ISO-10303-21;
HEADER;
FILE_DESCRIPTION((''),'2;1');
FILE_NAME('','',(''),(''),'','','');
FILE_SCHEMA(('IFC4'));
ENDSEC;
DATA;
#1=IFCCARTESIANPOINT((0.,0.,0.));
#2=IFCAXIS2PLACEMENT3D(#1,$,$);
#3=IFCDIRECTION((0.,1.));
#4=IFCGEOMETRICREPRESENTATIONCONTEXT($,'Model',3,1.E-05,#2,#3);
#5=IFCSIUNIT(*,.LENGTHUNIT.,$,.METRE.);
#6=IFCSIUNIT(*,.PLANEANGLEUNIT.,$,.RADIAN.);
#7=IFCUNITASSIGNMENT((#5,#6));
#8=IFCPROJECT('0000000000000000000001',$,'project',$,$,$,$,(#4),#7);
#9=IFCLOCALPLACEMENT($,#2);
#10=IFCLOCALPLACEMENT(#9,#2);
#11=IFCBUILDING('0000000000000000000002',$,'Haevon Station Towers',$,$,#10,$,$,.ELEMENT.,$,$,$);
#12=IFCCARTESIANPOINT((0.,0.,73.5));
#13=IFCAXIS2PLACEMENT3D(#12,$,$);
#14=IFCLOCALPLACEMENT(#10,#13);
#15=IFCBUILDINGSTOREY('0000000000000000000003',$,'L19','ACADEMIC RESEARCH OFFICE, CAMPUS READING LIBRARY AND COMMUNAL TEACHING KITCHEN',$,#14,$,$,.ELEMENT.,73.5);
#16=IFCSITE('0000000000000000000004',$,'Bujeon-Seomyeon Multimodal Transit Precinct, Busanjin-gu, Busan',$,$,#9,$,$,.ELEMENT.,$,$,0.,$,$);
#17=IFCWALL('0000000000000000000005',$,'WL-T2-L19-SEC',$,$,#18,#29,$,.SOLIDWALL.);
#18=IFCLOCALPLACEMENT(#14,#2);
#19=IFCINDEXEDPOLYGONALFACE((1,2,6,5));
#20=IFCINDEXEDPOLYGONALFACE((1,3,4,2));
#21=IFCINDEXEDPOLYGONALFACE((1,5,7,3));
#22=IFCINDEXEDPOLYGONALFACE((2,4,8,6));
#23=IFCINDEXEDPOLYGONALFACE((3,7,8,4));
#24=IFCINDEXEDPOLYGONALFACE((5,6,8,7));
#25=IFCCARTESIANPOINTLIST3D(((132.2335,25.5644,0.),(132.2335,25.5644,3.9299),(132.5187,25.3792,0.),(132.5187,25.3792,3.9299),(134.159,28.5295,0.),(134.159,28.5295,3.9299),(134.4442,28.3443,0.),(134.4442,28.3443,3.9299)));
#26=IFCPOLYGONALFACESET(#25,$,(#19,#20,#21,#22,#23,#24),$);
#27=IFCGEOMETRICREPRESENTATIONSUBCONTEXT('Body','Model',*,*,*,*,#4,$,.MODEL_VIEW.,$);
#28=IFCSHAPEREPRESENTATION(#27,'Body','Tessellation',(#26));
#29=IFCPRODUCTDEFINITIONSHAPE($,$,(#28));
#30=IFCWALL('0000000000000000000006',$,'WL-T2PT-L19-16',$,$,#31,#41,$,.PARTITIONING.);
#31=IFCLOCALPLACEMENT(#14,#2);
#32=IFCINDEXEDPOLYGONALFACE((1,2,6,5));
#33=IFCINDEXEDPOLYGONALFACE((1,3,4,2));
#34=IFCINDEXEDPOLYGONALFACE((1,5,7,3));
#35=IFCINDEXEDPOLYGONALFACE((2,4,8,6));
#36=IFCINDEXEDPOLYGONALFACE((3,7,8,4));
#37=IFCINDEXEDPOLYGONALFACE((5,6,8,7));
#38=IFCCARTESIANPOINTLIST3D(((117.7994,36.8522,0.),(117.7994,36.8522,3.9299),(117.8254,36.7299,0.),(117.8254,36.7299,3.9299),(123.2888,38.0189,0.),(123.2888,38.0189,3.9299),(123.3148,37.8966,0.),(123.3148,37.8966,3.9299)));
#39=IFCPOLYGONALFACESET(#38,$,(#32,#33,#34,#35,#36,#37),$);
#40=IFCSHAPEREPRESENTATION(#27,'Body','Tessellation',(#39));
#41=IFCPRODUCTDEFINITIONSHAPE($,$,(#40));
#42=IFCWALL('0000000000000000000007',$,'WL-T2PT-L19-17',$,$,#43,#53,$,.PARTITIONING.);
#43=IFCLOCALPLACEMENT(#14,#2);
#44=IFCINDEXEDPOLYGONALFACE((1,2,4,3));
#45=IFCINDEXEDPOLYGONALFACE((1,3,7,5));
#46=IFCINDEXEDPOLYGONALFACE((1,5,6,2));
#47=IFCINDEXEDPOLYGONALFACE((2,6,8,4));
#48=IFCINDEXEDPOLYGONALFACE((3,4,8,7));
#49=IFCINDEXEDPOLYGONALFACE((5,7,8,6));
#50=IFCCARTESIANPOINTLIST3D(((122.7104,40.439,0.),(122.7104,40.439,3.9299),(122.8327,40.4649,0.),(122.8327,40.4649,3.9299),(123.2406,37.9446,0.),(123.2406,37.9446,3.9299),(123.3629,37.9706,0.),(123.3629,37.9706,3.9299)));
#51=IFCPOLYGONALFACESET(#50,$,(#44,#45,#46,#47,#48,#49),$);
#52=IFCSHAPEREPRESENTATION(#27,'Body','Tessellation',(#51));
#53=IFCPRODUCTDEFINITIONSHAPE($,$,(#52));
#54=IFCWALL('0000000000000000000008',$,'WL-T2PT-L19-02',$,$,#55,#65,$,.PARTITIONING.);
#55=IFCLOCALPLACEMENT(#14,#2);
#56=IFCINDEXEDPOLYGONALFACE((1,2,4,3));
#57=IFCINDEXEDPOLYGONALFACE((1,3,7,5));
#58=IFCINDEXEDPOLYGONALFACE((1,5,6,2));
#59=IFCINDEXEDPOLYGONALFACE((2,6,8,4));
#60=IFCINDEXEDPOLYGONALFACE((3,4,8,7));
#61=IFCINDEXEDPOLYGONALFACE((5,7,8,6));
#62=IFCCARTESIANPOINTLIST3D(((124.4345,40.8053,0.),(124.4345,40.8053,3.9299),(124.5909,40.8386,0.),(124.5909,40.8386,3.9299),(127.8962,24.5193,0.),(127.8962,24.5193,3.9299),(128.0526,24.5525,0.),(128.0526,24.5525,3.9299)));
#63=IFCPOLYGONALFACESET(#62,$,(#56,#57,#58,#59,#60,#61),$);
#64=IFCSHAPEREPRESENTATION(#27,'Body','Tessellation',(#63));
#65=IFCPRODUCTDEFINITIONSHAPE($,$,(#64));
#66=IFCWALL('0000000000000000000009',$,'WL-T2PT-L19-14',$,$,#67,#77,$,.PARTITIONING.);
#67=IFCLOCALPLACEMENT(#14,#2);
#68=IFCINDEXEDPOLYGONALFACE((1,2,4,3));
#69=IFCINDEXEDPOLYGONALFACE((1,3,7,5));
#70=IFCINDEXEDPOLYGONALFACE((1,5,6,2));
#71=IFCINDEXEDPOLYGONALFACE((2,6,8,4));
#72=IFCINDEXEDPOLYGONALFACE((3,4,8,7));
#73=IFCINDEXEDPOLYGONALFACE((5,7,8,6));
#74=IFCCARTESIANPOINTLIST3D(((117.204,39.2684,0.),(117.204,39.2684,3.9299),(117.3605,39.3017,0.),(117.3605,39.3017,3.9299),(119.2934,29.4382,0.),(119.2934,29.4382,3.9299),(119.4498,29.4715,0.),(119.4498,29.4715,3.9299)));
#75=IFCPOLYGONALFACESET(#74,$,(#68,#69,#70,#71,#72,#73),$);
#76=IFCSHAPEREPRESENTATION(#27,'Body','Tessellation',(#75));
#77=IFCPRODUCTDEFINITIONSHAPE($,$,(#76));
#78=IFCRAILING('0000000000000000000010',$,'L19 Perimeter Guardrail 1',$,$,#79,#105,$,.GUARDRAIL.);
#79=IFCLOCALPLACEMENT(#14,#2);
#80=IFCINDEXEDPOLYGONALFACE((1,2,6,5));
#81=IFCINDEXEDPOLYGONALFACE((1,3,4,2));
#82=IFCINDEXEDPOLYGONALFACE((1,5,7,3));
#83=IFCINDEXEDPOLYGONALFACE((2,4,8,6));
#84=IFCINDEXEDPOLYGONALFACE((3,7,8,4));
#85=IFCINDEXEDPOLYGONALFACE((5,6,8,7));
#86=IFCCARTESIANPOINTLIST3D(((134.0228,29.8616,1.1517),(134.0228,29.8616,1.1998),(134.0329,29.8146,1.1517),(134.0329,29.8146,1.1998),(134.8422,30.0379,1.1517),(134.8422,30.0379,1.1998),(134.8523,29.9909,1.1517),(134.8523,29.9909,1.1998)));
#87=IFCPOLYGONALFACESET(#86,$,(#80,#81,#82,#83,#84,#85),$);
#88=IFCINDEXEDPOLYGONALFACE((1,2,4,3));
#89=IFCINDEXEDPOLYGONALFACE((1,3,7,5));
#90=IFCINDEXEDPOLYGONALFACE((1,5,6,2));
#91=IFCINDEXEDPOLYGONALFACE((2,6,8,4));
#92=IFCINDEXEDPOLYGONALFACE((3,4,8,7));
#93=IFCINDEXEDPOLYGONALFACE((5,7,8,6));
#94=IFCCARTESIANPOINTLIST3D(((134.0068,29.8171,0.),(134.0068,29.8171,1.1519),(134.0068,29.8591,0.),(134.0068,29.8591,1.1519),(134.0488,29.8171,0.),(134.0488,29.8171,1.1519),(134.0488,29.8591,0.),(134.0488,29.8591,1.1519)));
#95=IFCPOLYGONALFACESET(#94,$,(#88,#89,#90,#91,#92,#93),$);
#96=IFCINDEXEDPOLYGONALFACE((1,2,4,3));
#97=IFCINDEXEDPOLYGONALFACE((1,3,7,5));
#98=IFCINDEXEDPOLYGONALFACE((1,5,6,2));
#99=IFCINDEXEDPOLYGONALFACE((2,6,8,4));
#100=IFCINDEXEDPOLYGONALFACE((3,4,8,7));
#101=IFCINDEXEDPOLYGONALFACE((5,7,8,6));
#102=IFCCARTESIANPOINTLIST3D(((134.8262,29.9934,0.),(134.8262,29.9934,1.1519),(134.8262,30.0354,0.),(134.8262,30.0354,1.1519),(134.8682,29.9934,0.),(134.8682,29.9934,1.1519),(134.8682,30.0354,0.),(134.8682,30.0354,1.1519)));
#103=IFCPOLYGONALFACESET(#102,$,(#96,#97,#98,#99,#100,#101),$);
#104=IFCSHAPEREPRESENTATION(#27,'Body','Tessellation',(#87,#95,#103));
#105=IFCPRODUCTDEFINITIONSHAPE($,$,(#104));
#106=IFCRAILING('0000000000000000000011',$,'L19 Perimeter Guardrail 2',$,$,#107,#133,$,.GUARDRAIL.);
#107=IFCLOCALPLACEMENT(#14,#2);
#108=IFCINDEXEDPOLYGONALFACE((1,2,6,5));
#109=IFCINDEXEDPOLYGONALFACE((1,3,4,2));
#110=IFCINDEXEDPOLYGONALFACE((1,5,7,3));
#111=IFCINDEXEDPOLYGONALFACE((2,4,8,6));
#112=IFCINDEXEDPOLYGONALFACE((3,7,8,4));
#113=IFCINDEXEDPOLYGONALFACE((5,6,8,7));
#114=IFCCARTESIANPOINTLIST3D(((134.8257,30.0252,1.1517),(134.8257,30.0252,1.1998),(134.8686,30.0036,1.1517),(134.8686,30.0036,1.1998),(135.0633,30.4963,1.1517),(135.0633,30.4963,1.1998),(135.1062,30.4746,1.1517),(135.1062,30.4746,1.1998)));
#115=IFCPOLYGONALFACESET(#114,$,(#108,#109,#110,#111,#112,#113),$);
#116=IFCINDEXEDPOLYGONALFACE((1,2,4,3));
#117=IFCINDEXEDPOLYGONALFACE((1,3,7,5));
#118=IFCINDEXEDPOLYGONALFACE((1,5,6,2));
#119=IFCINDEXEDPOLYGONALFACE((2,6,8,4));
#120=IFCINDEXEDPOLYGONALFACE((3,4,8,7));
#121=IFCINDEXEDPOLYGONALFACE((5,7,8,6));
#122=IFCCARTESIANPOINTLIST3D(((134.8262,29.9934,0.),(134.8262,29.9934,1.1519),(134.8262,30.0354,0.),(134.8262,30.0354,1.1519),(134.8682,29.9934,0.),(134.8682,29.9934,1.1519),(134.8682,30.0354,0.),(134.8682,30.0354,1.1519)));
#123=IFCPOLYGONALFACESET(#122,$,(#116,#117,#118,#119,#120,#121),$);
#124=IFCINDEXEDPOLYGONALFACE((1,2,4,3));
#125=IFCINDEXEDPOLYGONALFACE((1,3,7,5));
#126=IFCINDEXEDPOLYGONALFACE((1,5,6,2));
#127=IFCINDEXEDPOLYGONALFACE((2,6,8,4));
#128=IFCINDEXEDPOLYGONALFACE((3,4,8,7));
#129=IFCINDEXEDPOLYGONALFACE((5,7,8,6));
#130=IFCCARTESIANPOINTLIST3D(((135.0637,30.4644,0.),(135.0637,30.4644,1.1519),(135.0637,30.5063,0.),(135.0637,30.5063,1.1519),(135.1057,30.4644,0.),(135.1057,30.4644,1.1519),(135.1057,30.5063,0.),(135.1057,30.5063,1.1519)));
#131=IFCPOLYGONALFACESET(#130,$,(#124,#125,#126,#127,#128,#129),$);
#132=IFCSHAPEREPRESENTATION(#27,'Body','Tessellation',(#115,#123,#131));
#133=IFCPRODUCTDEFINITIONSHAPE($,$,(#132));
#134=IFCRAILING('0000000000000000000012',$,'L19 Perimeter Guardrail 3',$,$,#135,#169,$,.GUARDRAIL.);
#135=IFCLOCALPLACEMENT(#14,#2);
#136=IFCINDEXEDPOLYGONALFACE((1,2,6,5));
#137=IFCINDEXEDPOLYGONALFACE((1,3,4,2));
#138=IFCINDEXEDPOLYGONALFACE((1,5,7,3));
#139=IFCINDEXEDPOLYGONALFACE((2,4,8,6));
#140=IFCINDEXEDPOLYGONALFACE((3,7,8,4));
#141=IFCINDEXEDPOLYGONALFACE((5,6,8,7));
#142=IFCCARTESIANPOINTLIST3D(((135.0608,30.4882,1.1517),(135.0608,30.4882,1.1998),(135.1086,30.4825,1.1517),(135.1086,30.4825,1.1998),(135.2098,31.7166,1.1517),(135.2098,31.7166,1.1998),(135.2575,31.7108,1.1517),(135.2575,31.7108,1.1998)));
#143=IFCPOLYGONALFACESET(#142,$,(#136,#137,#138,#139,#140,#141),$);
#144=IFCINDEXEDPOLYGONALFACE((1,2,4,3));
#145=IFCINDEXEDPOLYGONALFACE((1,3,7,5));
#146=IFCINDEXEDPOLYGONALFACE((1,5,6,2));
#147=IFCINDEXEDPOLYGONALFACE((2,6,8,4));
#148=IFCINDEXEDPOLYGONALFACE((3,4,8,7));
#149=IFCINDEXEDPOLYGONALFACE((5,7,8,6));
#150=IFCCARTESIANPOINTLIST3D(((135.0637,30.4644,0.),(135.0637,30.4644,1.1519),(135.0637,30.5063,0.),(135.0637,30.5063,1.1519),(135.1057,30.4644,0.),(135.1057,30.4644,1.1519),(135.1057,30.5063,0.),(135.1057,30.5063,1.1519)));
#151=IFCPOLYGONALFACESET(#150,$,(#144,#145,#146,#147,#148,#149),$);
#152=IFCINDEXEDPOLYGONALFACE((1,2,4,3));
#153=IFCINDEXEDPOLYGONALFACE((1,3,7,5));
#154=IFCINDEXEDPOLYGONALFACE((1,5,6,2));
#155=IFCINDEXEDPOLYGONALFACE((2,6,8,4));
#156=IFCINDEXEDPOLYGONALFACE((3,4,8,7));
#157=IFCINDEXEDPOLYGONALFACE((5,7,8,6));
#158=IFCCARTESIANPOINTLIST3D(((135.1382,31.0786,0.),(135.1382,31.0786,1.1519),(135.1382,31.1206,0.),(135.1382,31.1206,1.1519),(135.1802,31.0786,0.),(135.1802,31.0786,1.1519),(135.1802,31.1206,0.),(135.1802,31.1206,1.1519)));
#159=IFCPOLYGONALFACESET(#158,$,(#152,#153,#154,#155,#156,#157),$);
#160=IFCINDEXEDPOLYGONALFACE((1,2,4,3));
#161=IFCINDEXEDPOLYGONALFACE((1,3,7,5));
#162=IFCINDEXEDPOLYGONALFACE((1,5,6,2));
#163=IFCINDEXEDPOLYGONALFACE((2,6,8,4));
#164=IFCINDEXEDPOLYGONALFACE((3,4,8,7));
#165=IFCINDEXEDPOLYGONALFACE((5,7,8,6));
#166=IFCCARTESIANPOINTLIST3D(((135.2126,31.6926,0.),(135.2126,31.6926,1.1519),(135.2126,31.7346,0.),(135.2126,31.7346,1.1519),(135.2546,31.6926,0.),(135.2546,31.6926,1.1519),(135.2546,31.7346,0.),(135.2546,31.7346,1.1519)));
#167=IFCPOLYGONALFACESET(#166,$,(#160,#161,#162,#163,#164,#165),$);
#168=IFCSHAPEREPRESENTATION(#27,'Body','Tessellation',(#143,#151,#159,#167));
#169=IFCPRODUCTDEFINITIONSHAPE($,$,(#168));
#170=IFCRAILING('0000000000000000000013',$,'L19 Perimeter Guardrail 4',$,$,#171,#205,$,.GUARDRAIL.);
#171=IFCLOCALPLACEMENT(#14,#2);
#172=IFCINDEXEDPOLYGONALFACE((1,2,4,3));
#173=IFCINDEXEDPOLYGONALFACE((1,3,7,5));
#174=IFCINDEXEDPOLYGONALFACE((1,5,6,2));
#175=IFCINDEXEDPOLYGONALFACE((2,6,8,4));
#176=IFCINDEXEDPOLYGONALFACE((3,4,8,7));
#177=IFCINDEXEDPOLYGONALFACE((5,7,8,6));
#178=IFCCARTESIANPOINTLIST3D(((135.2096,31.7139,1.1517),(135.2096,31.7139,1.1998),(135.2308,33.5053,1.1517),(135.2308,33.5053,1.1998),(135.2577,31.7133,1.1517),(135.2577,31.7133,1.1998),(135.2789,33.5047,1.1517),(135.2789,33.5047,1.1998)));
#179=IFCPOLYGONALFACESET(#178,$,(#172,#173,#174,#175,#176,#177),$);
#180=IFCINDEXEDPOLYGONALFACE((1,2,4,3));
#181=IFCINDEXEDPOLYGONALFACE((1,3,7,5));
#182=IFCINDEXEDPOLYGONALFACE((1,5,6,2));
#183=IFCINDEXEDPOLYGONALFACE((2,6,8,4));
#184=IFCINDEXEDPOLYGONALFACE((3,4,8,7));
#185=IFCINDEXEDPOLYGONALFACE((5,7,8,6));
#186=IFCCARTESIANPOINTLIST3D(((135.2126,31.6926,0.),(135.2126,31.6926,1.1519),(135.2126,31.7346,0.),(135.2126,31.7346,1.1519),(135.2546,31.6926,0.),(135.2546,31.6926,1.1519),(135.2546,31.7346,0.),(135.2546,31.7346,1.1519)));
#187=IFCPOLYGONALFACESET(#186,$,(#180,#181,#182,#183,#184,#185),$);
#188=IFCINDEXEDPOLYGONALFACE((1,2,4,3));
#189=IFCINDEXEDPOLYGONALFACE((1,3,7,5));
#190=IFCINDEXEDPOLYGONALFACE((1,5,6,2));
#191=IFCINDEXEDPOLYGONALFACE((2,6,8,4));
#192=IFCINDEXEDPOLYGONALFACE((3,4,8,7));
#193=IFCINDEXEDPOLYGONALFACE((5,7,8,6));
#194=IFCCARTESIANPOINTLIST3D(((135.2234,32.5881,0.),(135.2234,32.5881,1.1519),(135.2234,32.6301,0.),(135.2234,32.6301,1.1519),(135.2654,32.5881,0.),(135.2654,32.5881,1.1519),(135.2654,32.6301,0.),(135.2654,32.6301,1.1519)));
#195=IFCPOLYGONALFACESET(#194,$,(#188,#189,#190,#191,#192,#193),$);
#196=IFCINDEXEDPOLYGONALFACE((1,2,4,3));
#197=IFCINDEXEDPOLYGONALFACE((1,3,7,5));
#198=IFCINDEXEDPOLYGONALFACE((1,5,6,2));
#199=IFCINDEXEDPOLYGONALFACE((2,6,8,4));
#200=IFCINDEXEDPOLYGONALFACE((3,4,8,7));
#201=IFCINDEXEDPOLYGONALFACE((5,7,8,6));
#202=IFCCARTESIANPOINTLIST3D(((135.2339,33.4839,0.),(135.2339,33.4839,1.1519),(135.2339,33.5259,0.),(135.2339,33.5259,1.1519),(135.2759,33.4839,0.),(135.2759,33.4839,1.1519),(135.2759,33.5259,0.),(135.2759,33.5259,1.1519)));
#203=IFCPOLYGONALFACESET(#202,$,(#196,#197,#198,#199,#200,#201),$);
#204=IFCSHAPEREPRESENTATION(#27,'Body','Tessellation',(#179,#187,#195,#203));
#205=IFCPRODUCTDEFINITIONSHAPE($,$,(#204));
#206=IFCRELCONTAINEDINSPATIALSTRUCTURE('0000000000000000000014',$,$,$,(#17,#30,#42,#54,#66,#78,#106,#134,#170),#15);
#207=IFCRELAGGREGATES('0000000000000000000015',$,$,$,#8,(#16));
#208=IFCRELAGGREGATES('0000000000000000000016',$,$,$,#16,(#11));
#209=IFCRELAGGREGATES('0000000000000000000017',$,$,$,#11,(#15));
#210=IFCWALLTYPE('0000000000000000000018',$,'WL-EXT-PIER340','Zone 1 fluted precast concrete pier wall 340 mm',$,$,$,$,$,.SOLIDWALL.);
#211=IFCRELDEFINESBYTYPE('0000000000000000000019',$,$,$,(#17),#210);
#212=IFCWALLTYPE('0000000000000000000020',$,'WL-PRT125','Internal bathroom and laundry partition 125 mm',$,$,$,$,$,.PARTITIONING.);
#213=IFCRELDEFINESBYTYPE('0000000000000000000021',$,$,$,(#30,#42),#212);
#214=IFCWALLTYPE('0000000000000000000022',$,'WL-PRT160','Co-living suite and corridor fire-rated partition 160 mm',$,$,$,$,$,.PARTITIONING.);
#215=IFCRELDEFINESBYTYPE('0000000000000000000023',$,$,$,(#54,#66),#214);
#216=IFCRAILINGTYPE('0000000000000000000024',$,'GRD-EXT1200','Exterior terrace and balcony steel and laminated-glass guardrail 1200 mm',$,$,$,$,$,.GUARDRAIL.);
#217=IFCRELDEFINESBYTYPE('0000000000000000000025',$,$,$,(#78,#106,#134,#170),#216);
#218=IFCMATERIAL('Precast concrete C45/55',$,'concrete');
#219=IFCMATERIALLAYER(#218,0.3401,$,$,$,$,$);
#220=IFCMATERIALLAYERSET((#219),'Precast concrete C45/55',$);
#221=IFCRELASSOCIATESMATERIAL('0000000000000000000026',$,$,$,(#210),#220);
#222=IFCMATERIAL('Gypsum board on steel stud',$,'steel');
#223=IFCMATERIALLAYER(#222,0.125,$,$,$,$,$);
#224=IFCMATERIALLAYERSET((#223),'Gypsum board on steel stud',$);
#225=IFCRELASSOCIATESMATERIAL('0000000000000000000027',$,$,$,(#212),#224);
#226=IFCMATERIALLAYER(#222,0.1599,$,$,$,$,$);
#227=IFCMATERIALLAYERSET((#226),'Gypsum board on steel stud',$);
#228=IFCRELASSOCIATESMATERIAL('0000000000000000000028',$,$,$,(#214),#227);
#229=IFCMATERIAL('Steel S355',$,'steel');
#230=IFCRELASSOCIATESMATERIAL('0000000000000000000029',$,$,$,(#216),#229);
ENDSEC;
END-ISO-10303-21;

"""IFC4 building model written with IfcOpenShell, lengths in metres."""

from ifc_helpers import new_model, si_unit, direction, frame, frame_2d, origin, origin_2d, place, context, subcontext, project, spatial, rectangle, extrude, material, layer, layer_set, type_object, element, save


model = new_model("IFC4")

# Units and contexts
model_context = context("Model", 3, precision=1e-05, world=origin(), true_north=direction((0.0, 1.0)))
body_context = subcontext(model_context, "Body", "Model", "MODEL_VIEW")
ifc_project = project(units=[si_unit("LENGTHUNIT", "METRE"), si_unit("PLANEANGLEUNIT", "RADIAN")], contexts=[model_context])

# Site, building, storey
site_placement = place(None, origin())
site = spatial("IfcSite", under=ifc_project, at=site_placement, Name="Bujeon-Seomyeon Multimodal Transit Precinct, Busanjin-gu, Busan", CompositionType="ELEMENT", RefElevation=0.0)
building_placement = place(site_placement, origin())
building = spatial("IfcBuilding", under=site, at=building_placement, Name="Haevon Station Towers", CompositionType="ELEMENT")
storey_placement = place(building_placement, frame((0.0, 0.0, 73.5)))
storey = spatial("IfcBuildingStorey", under=building, at=storey_placement, Name="L19", Description="ACADEMIC RESEARCH OFFICE, CAMPUS READING LIBRARY AND COMMUNAL TEACHING KITCHEN", CompositionType="ELEMENT", Elevation=73.5)

# Shared definitions
ifc_material_1 = material(Name="Steel S355", Category="steel")

# Shared definitions
ifc_material_2 = material(Name="Gypsum board on steel stud", Category="steel")

# Shared definitions
ifc_material_3 = material(Name="Precast concrete C45/55", Category="concrete")
ifc_layer_1 = layer(ifc_material_3, 0.3401)
ifc_layer_set_1 = layer_set([ifc_layer_1], Name="Precast concrete C45/55")
wall_type_1 = type_object("IfcWallType", Name="WL-EXT-PIER340", Description="Zone 1 fluted precast concrete pier wall 340 mm", PredefinedType="SOLIDWALL", material=ifc_layer_set_1)

# Walls
wall_1_placement = place(storey_placement, frame((134.3015, 28.4368, 0.0), z_axis=(0.0, 0.0, 1.0), x_axis=(-0.544636, -0.838672, 0.0)))
element("IfcWall", 1, at=wall_1_placement, inside=storey, type_object=wall_type_1, Name="WL-T2-L19-SEC", PredefinedType="SOLIDWALL", context=body_context, shape_type="SweptSolid", body=[
    extrude(rectangle(XDim=3.5354, YDim=0.3401, at=frame_2d((1.7676, 0.0))), origin(), (0.0, 0.0, 1.0), 3.9299),
])
ifc_layer_2 = layer(ifc_material_2, 0.125)
ifc_layer_set_2 = layer_set([ifc_layer_2], Name="Gypsum board on steel stud")
wall_type_2 = type_object("IfcWallType", Name="WL-PRT125", Description="Internal bathroom and laundry partition 125 mm", PredefinedType="PARTITIONING", material=ifc_layer_set_2)
wall_2_placement = place(storey_placement, frame((117.8123, 36.791, 0.0), z_axis=(0.0, 0.0, 1.0), x_axis=(0.978151, 0.207898, 0.0)))
element("IfcWall", 2, at=wall_2_placement, inside=storey, type_object=wall_type_2, Name="WL-T2PT-L19-16", PredefinedType="PARTITIONING", context=body_context, shape_type="SweptSolid", body=[
    extrude(rectangle(XDim=5.6121, YDim=0.125, at=frame_2d((2.8062, 0.0))), origin(), (0.0, 0.0, 1.0), 3.9299),
])
wall_3_placement = place(storey_placement, frame((123.3018, 37.9578, 0.0), z_axis=(0.0, 0.0, 1.0), x_axis=(-0.20794, 0.978142, 0.0)))
element("IfcWall", 3, at=wall_3_placement, inside=storey, type_object=wall_type_2, Name="WL-T2PT-L19-17", PredefinedType="PARTITIONING", context=body_context, shape_type="SweptSolid", body=[
    extrude(rectangle(XDim=2.55, YDim=0.125, at=frame_2d((1.2749, 0.0))), origin(), (0.0, 0.0, 1.0), 3.9299),
])
ifc_layer_3 = layer(ifc_material_2, 0.1599)
ifc_layer_set_3 = layer_set([ifc_layer_3], Name="Gypsum board on steel stud")
wall_type_3 = type_object("IfcWallType", Name="WL-PRT160", Description="Co-living suite and corridor fire-rated partition 160 mm", PredefinedType="PARTITIONING", material=ifc_layer_set_3)
wall_4_placement = place(storey_placement, frame((127.9744, 24.5359, 0.0), z_axis=(0.0, 0.0, 1.0), x_axis=(-0.207909, 0.978148, 0.0)))
element("IfcWall", 4, at=wall_4_placement, inside=storey, type_object=wall_type_3, Name="WL-T2PT-L19-02", PredefinedType="PARTITIONING", context=body_context, shape_type="SweptSolid", body=[
    extrude(rectangle(XDim=16.6499, YDim=0.1599, at=frame_2d((8.325, 0.0))), origin(), (0.0, 0.0, 1.0), 3.9299),
])
wall_5_placement = place(storey_placement, frame((119.3716, 29.4548, 0.0), z_axis=(0.0, 0.0, 1.0), x_axis=(-0.207898, 0.978151, 0.0)))
element("IfcWall", 5, at=wall_5_placement, inside=storey, type_object=wall_type_3, Name="WL-T2PT-L19-14", PredefinedType="PARTITIONING", context=body_context, shape_type="SweptSolid", body=[
    extrude(rectangle(XDim=10.0498, YDim=0.1599, at=frame_2d((5.0249, 0.0))), origin(), (0.0, 0.0, 1.0), 3.9299),
])

# Railings
railing_type = type_object("IfcRailingType", Name="GRD-EXT1200", Description="Exterior terrace and balcony steel and laminated-glass guardrail 1200 mm", PredefinedType="GUARDRAIL", material=ifc_material_1)
railing_1_placement = place(storey_placement, frame((134.0278, 29.8381, 0.0)))
element("IfcRailing", 6, at=railing_1_placement, inside=storey, type_object=railing_type, Name="L19 Perimeter Guardrail 1", PredefinedType="GUARDRAIL", context=body_context, shape_type="SweptSolid", body=[
    extrude(rectangle(XDim=0.0481, YDim=0.0481, at=origin_2d()), frame((0.0, 0.0, 1.1758), z_axis=(0.977632, 0.210325, 0.0), x_axis=(-0.210325, 0.977632, 0.0)), (0.0, 0.0, 1.0), 0.8381),
    extrude(rectangle(XDim=0.042, YDim=0.042, at=origin_2d()), origin(), (0.0, 0.0, 1.0), 1.1519),
    extrude(rectangle(XDim=0.042, YDim=0.042, at=origin_2d()), frame((0.8193, 0.1763, 0.0)), (0.0, 0.0, 1.0), 1.1519),
])
railing_2_placement = place(storey_placement, frame((134.8472, 30.0144, 0.0)))
element("IfcRailing", 7, at=railing_2_placement, inside=storey, type_object=railing_type, Name="L19 Perimeter Guardrail 2", PredefinedType="GUARDRAIL", context=body_context, shape_type="SweptSolid", body=[
    extrude(rectangle(XDim=0.0481, YDim=0.0481, at=origin_2d()), frame((0.0, 0.0, 1.1758), z_axis=(0.450358, 0.892848, 0.0), x_axis=(-0.892848, 0.450358, 0.0)), (0.0, 0.0, 1.0), 0.5276),
    extrude(rectangle(XDim=0.042, YDim=0.042, at=origin_2d()), origin(), (0.0, 0.0, 1.0), 1.1519),
    extrude(rectangle(XDim=0.042, YDim=0.042, at=origin_2d()), frame((0.2375, 0.4709, 0.0)), (0.0, 0.0, 1.0), 1.1519),
])
railing_3_placement = place(storey_placement, frame((135.0847, 30.4854, 0.0)))
element("IfcRailing", 8, at=railing_3_placement, inside=storey, type_object=railing_type, Name="L19 Perimeter Guardrail 3", PredefinedType="GUARDRAIL", context=body_context, shape_type="SweptSolid", body=[
    extrude(rectangle(XDim=0.0481, YDim=0.0481, at=origin_2d()), frame((0.0, 0.0, 1.1758), z_axis=(0.120367, 0.992729, 0.0), x_axis=(-0.992729, 0.120367, 0.0)), (0.0, 0.0, 1.0), 1.2373),
    extrude(rectangle(XDim=0.042, YDim=0.042, at=origin_2d()), origin(), (0.0, 0.0, 1.0), 1.1519),
    extrude(rectangle(XDim=0.042, YDim=0.042, at=origin_2d()), frame((0.0745, 0.6143, 0.0)), (0.0, 0.0, 1.0), 1.1519),
    extrude(rectangle(XDim=0.042, YDim=0.042, at=origin_2d()), frame((0.1489, 1.2283, 0.0)), (0.0, 0.0, 1.0), 1.1519),
])
railing_4_placement = place(storey_placement, frame((135.2336, 31.7136, 0.0)))
element("IfcRailing", 9, at=railing_4_placement, inside=storey, type_object=railing_type, Name="L19 Perimeter Guardrail 4", PredefinedType="GUARDRAIL", context=body_context, shape_type="SweptSolid", body=[
    extrude(rectangle(XDim=0.0481, YDim=0.0481, at=origin_2d()), frame((0.0, 0.0, 1.1758), z_axis=(0.011857, 0.99993, 0.0), x_axis=(-0.99993, 0.011857, 0.0)), (0.0, 0.0, 1.0), 1.7915),
    extrude(rectangle(XDim=0.042, YDim=0.042, at=origin_2d()), origin(), (0.0, 0.0, 1.0), 1.1519),
    extrude(rectangle(XDim=0.042, YDim=0.042, at=origin_2d()), frame((0.0107, 0.8955, 0.0)), (0.0, 0.0, 1.0), 1.1519),
    extrude(rectangle(XDim=0.042, YDim=0.042, at=origin_2d()), frame((0.0212, 1.7913, 0.0)), (0.0, 0.0, 1.0), 1.1519),
])

save(model, "model.ifc")
